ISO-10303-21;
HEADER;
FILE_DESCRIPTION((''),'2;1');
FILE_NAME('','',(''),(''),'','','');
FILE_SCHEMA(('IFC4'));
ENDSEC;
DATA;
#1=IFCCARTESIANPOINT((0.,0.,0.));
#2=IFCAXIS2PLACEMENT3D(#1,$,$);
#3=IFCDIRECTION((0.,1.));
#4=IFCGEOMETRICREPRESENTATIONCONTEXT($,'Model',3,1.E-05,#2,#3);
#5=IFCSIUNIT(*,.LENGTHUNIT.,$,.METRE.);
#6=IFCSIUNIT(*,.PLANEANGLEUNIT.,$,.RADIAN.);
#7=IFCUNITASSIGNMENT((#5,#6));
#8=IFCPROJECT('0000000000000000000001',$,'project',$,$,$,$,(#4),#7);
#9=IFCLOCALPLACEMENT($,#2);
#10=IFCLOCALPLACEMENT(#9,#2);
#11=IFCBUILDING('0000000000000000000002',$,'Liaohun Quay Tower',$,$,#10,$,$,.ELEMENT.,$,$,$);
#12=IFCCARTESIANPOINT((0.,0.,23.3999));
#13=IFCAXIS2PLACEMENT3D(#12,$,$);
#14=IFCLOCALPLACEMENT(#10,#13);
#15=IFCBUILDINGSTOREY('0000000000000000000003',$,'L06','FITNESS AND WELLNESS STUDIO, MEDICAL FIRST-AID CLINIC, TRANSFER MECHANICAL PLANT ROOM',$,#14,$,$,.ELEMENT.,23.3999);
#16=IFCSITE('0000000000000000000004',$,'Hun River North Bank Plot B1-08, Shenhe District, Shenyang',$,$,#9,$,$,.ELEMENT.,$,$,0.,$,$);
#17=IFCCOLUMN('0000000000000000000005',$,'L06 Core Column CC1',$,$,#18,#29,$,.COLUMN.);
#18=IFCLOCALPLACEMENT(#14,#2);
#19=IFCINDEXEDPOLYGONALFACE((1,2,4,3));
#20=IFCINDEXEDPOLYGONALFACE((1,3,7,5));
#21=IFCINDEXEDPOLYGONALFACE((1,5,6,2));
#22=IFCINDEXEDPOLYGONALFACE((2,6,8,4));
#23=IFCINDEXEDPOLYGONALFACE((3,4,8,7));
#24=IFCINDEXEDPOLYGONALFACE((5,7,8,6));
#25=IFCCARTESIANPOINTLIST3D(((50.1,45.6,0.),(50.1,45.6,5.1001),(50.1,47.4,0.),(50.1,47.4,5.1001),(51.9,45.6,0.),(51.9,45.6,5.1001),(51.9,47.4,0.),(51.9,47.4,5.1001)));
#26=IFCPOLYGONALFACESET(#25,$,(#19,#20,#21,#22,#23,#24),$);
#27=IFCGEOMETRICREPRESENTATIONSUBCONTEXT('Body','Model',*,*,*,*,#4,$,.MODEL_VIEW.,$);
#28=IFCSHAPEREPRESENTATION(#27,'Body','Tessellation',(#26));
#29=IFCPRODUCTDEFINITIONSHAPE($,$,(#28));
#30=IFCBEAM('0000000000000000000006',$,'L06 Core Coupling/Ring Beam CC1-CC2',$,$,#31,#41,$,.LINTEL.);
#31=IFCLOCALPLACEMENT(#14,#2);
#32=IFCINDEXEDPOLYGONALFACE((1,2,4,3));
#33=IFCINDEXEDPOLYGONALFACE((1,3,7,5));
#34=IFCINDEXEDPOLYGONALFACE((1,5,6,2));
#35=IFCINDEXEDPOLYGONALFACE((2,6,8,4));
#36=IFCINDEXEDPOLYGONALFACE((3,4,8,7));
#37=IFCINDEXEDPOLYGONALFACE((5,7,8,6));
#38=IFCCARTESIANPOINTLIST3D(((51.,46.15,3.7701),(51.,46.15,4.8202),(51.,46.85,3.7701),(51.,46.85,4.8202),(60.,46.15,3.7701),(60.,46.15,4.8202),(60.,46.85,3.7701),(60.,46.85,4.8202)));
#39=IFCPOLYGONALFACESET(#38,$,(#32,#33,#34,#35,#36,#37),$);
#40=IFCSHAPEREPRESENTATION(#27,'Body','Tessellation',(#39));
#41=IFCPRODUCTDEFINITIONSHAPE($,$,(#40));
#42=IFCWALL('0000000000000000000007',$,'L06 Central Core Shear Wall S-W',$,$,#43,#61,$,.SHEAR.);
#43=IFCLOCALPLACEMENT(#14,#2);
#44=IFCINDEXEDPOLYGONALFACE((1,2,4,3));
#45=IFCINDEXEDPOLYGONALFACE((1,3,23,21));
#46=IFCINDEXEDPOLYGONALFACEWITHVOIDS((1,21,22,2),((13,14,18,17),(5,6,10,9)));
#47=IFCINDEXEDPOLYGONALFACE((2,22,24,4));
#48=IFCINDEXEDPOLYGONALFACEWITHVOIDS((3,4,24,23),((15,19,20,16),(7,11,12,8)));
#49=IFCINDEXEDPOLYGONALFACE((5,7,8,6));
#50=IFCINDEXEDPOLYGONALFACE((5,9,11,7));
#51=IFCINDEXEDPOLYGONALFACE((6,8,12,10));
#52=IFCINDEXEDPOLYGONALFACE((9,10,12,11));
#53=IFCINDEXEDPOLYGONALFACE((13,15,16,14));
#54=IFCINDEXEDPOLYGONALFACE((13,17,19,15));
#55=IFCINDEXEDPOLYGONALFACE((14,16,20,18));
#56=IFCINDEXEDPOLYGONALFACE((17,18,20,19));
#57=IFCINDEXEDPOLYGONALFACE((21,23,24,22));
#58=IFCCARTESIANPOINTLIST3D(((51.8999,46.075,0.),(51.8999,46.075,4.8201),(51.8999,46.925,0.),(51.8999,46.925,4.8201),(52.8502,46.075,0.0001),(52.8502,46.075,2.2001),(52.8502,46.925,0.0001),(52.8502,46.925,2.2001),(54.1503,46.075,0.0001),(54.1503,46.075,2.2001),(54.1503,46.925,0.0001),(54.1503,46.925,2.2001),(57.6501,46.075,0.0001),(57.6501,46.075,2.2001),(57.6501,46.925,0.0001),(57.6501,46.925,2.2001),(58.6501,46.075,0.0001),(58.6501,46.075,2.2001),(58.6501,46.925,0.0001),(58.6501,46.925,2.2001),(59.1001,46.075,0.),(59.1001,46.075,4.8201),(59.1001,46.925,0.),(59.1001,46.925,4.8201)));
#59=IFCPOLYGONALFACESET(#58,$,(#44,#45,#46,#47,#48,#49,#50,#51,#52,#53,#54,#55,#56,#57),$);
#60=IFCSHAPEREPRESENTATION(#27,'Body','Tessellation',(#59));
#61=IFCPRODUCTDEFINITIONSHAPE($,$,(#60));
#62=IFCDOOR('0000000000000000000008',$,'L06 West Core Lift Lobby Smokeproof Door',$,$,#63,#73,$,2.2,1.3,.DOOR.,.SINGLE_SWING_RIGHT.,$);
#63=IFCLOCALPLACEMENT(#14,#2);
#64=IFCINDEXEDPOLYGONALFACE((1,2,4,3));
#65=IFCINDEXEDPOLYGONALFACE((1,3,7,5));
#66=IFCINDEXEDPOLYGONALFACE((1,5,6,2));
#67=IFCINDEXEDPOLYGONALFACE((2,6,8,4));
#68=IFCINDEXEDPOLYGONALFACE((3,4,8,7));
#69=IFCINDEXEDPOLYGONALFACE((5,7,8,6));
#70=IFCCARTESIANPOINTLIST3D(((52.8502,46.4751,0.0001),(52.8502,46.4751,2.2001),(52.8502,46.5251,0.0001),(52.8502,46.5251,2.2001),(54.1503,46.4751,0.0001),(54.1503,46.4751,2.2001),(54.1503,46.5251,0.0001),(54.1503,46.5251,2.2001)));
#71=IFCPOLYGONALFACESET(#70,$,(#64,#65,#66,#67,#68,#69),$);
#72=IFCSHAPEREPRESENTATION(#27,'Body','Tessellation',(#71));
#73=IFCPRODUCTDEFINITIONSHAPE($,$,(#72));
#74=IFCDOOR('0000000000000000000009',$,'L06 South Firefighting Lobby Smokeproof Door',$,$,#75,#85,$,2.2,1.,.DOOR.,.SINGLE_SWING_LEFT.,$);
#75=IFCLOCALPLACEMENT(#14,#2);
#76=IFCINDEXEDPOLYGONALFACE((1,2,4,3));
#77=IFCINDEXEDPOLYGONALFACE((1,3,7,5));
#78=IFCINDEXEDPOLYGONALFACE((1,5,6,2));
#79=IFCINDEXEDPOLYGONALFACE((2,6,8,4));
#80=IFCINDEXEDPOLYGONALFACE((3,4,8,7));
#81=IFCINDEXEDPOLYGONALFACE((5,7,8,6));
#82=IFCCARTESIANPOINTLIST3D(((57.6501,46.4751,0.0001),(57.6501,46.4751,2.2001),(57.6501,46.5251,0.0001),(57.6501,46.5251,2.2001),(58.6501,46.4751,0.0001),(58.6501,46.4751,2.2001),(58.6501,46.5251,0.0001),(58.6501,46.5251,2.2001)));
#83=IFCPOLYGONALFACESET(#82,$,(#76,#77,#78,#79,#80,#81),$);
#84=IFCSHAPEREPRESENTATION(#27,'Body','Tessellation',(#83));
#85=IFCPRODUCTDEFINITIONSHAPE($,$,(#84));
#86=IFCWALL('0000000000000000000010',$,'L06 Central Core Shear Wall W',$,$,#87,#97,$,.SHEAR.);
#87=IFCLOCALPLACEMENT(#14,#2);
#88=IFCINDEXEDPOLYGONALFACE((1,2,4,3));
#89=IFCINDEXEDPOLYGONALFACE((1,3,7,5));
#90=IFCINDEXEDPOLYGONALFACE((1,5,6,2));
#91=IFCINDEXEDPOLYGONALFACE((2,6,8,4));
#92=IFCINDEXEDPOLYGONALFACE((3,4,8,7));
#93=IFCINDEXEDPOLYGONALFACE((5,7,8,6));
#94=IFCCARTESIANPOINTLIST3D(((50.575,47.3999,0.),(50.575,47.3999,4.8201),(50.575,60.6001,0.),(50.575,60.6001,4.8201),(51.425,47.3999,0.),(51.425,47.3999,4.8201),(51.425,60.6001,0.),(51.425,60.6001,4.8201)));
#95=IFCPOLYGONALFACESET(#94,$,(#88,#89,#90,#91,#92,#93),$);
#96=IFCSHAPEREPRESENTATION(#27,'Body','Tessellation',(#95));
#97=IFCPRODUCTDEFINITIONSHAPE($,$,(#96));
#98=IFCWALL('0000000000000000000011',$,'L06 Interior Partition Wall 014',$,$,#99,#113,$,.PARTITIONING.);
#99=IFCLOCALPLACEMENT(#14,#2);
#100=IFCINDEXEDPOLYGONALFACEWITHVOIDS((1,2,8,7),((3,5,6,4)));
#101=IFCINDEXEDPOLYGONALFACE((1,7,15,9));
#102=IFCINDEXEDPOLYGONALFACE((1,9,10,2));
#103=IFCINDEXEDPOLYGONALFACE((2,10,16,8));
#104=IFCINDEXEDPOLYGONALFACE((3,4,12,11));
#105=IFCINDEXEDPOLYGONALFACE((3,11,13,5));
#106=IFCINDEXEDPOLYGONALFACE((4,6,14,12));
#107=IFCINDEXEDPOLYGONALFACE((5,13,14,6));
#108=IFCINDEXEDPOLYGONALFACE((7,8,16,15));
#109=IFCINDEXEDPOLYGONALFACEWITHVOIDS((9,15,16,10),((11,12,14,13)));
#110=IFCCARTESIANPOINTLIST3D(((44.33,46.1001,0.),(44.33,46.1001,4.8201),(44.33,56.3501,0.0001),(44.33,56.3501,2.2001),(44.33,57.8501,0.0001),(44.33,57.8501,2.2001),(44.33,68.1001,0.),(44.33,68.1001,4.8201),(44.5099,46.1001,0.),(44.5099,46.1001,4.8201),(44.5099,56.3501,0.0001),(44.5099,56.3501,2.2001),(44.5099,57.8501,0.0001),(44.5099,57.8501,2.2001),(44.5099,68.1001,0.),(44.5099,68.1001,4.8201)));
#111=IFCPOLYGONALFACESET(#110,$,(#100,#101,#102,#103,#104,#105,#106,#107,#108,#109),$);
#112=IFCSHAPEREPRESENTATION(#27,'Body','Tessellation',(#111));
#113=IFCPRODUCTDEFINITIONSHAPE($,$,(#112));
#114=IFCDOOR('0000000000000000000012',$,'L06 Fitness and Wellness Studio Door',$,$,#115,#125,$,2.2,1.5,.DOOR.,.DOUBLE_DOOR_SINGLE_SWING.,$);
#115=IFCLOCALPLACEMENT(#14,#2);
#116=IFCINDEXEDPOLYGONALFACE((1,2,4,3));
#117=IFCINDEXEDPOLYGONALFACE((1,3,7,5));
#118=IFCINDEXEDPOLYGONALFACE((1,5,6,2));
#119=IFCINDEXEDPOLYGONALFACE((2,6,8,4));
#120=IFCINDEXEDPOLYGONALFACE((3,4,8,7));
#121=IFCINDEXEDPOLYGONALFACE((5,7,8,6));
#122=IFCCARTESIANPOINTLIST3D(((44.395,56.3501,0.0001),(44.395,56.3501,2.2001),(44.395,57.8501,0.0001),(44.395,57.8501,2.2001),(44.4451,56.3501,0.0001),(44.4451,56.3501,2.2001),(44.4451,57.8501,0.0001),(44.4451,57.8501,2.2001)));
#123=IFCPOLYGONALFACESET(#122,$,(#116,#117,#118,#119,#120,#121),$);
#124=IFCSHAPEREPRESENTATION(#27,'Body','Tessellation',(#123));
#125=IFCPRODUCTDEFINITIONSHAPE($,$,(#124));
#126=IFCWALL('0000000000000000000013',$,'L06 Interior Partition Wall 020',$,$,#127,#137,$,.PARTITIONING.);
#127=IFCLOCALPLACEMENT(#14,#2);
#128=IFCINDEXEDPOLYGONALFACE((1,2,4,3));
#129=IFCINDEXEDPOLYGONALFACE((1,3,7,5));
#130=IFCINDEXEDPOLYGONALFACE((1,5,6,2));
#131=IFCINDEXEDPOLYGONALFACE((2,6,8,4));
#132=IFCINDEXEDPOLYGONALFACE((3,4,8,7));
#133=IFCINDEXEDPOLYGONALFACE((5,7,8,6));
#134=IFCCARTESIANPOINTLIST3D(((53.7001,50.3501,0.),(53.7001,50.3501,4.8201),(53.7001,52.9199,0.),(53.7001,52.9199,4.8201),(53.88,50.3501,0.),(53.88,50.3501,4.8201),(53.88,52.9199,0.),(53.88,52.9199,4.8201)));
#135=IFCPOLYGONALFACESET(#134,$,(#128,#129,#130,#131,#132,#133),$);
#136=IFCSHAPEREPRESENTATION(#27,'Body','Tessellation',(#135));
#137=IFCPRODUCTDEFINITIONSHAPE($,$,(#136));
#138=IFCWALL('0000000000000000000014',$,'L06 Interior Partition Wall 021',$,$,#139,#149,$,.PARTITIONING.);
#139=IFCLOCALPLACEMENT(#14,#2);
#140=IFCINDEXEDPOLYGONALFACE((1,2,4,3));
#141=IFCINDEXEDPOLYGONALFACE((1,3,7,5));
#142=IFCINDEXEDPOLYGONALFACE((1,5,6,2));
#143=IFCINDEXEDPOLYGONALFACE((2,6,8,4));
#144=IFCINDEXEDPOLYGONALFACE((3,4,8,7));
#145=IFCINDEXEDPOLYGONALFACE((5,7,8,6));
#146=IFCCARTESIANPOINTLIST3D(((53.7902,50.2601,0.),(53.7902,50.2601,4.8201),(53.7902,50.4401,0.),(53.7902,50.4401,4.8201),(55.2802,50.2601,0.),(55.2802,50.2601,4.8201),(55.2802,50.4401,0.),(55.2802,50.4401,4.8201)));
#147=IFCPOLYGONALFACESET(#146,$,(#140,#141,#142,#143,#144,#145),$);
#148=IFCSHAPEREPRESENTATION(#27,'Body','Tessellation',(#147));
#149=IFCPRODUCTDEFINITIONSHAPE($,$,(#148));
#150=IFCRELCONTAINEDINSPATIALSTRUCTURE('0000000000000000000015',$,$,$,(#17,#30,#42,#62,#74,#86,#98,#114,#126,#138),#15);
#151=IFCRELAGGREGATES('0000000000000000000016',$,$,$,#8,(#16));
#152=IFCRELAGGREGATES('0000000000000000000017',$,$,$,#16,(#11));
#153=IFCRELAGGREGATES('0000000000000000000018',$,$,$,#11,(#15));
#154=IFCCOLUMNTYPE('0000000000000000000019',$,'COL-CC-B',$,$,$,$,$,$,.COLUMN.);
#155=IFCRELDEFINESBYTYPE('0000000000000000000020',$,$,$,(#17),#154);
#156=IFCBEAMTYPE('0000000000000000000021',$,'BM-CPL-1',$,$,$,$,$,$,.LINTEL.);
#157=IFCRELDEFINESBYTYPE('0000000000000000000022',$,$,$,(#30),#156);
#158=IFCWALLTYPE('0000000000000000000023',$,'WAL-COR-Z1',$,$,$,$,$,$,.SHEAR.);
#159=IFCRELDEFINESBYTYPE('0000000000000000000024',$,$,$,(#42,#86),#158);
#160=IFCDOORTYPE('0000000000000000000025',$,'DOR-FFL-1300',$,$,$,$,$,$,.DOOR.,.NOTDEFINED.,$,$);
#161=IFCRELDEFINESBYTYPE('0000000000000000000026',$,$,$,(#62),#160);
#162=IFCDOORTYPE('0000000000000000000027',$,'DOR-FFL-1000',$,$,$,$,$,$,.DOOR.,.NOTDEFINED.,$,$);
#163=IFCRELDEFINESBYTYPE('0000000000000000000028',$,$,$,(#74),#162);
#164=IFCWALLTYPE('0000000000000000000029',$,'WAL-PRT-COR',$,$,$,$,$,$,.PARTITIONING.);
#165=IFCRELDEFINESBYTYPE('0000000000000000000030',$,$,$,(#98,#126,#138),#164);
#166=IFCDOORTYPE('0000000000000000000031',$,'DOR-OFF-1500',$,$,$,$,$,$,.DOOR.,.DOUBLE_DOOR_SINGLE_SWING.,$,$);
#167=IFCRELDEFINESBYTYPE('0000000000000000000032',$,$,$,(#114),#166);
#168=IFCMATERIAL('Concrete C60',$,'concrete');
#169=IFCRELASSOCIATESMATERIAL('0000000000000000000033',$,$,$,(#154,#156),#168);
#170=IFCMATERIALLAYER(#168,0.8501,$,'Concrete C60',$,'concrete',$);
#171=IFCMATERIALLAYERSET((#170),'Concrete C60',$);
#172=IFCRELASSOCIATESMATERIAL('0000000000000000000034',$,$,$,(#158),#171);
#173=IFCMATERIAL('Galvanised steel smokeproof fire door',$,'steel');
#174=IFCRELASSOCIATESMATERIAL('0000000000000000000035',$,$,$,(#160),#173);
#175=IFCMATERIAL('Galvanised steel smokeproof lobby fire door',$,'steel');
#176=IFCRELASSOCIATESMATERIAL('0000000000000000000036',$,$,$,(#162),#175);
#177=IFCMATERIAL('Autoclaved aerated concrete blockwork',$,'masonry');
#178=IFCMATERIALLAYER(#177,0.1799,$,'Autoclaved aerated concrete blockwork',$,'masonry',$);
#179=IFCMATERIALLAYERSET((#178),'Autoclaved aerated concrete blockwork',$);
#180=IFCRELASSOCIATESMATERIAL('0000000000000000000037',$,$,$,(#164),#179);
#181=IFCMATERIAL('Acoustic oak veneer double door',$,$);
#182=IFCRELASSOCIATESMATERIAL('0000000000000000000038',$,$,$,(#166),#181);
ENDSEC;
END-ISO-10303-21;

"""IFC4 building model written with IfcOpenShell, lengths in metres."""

from ifc_helpers import new_model, si_unit, direction, frame, frame_2d, origin, origin_2d, place, context, subcontext, project, spatial, rectangle, extrude, source, transform, mapped, material, layer, layer_set, material_profile, profile_set, type_object, element, fill, save


model = new_model("IFC4")

# Units and contexts
model_context = context("Model", 3, precision=1e-05, world=origin(), true_north=direction((0.0, 1.0)))
body_context = subcontext(model_context, "Body", "Model", "MODEL_VIEW")
ifc_project = project(units=[si_unit("LENGTHUNIT", "METRE"), si_unit("PLANEANGLEUNIT", "RADIAN")], contexts=[model_context])

# Site, building, storey
site_placement = place(None, origin())
site = spatial("IfcSite", under=ifc_project, at=site_placement, Name="Hun River North Bank Plot B1-08, Shenhe District, Shenyang", CompositionType="ELEMENT", RefElevation=0.0)
building_placement = place(site_placement, origin())
building = spatial("IfcBuilding", under=site, at=building_placement, Name="Liaohun Quay Tower", CompositionType="ELEMENT")
storey_placement = place(building_placement, frame((0.0, 0.0, 23.3999)))
storey = spatial("IfcBuildingStorey", under=building, at=storey_placement, Name="L06", Description="FITNESS AND WELLNESS STUDIO, MEDICAL FIRST-AID CLINIC, TRANSFER MECHANICAL PLANT ROOM", CompositionType="ELEMENT", Elevation=23.3999)

# Column
ifc_material_1 = material(Name="Concrete C60", Category="concrete")
ifc_material_profile_1 = material_profile(ifc_material_1, rectangle(XDim=1.8, YDim=1.8, at=origin_2d()), Name="RC1800x1800")
ifc_profile_set_1 = profile_set([ifc_material_profile_1], Name="Concrete C60")
column_type = type_object("IfcColumnType", Name="COL-CC-B", PredefinedType="COLUMN", material=ifc_profile_set_1)
shared_shape_1 = source(origin(), body_context, "Body", "SweptSolid", [
    extrude(rectangle(XDim=1.8, YDim=1.8, at=origin_2d()), origin(), (0.0, 0.0, 1.0), 5.1001),
])
column_placement = place(storey_placement, frame((51.0, 46.5, 0.0), z_axis=(0.0, 0.0, 1.0), x_axis=(1.0, 0.0, 0.0)))
element("IfcColumn", 1, at=column_placement, inside=storey, type_object=column_type, Name="L06 Core Column CC1", PredefinedType="COLUMN", context=body_context, shape_type="MappedRepresentation", body=[
    mapped(shared_shape_1, transform((0.0, 0.0, 0.0), x_axis=(1.0, 0.0, 0.0), y_axis=(0.0, 1.0, 0.0), z_axis=(0.0, 0.0, 1.0), scale=1.0)),
])

# Beam
ifc_material_profile_2 = material_profile(ifc_material_1, rectangle(XDim=0.7, YDim=1.05, at=origin_2d()), Name="RC700x1050")
ifc_profile_set_2 = profile_set([ifc_material_profile_2], Name="Concrete C60")
beam_type = type_object("IfcBeamType", Name="BM-CPL-1", PredefinedType="LINTEL", material=ifc_profile_set_2)
shared_shape_2 = source(origin(), body_context, "Body", "SweptSolid", [
    extrude(rectangle(XDim=0.7, YDim=1.05, at=origin_2d()), origin(), (0.0, 0.0, 1.0), 9.0),
])
beam_placement = place(storey_placement, frame((51.0, 46.5, 4.2952), z_axis=(1.0, 0.0, 0.0), x_axis=(0.0, 1.0, 0.0)))
element("IfcBeam", 2, at=beam_placement, inside=storey, type_object=beam_type, Name="L06 Core Coupling/Ring Beam CC1-CC2", PredefinedType="LINTEL", context=body_context, shape_type="MappedRepresentation", body=[
    mapped(shared_shape_2, transform((0.0, 0.0, 0.0), x_axis=(1.0, 0.0, 0.0), y_axis=(0.0, 1.0, 0.0), z_axis=(0.0, 0.0, 1.0), scale=1.0)),
])

# Wall, openings, doors
ifc_layer_1 = layer(ifc_material_1, 0.8501, Name="Concrete C60", Category="concrete")
ifc_layer_set_1 = layer_set([ifc_layer_1], Name="Concrete C60")
wall_type_1 = type_object("IfcWallType", Name="WAL-COR-Z1", PredefinedType="SHEAR", material=ifc_layer_set_1)
wall_1_placement = place(storey_placement, frame((59.1001, 46.5, 0.0), z_axis=(0.0, 0.0, 1.0), x_axis=(-1.0, 0.0, 0.0)))
wall_1 = element("IfcWall", 3, at=wall_1_placement, inside=storey, type_object=wall_type_1, Name="L06 Central Core Shear Wall S-W", PredefinedType="SHEAR", context=body_context, shape_type="SweptSolid", body=[
    extrude(rectangle(XDim=7.2002, YDim=0.8501, at=frame_2d((3.6001, 0.0))), origin(), (0.0, 0.0, 1.0), 4.8201),
])
shared_shape_3 = source(origin(), body_context, "Body", "SweptSolid", [
    extrude(rectangle(XDim=1.3, YDim=2.2, at=frame_2d((0.6499, 1.1001))), frame((0.0, 0.4351, 0.0), z_axis=(0.0, -1.0, 0.0), x_axis=(1.0, 0.0, 0.0)), (0.0, 0.0, 1.0), 0.8701),
])
opening_1_placement = place(wall_1_placement, frame((4.95, 0.0, 0.0)))
opening_1 = element("IfcOpeningElement", 4, at=opening_1_placement, cuts=wall_1, PredefinedType="OPENING", context=body_context, shape_type="MappedRepresentation", body=[
    mapped(shared_shape_3, transform((0.0, 0.0, 0.0), x_axis=(1.0, 0.0, 0.0), y_axis=(0.0, 1.0, 0.0), z_axis=(0.0, 0.0, 1.0), scale=1.0)),
])
shared_shape_4 = source(origin(), body_context, "Body", "SweptSolid", [
    extrude(rectangle(XDim=1.0, YDim=2.2, at=frame_2d((0.5, 1.1001))), frame((0.0, 0.4351, 0.0), z_axis=(0.0, -1.0, 0.0), x_axis=(1.0, 0.0, 0.0)), (0.0, 0.0, 1.0), 0.8701),
])
opening_2_placement = place(wall_1_placement, frame((0.45, 0.0, 0.0)))
opening_2 = element("IfcOpeningElement", 5, at=opening_2_placement, cuts=wall_1, PredefinedType="OPENING", context=body_context, shape_type="MappedRepresentation", body=[
    mapped(shared_shape_4, transform((0.0, 0.0, 0.0), x_axis=(1.0, 0.0, 0.0), y_axis=(0.0, 1.0, 0.0), z_axis=(0.0, 0.0, 1.0), scale=1.0)),
])
ifc_material_2 = material(Name="Galvanised steel smokeproof fire door", Category="steel")
door_type_1 = type_object("IfcDoorType", Name="DOR-FFL-1300", OperationType="NOTDEFINED", PredefinedType="DOOR", material=ifc_material_2)
shared_shape_5 = source(origin(), body_context, "Body", "SweptSolid", [
    extrude(rectangle(XDim=1.3, YDim=2.2, at=frame_2d((0.6499, 1.1001))), frame((0.0, 0.0249, 0.0), z_axis=(0.0, -1.0, 0.0), x_axis=(1.0, 0.0, 0.0)), (0.0, 0.0, 1.0), 0.05),
])
door_1_placement = place(opening_1_placement, origin())
door_1 = element("IfcDoor", 6, at=door_1_placement, inside=storey, type_object=door_type_1, Name="L06 West Core Lift Lobby Smokeproof Door", OperationType="SINGLE_SWING_RIGHT", OverallHeight=2.2, OverallWidth=1.3, PredefinedType="DOOR", context=body_context, shape_type="MappedRepresentation", body=[
    mapped(shared_shape_5, transform((0.0, 0.0, 0.0), x_axis=(1.0, 0.0, 0.0), y_axis=(0.0, 1.0, 0.0), z_axis=(0.0, 0.0, 1.0), scale=1.0)),
])
fill(opening_1, door_1)
ifc_material_3 = material(Name="Galvanised steel smokeproof lobby fire door", Category="steel")
door_type_2 = type_object("IfcDoorType", Name="DOR-FFL-1000", OperationType="NOTDEFINED", PredefinedType="DOOR", material=ifc_material_3)
shared_shape_6 = source(origin(), body_context, "Body", "SweptSolid", [
    extrude(rectangle(XDim=1.0, YDim=2.2, at=frame_2d((0.5, 1.1001))), frame((0.0, 0.0249, 0.0), z_axis=(0.0, -1.0, 0.0), x_axis=(1.0, 0.0, 0.0)), (0.0, 0.0, 1.0), 0.05),
])
door_2_placement = place(opening_2_placement, origin())
door_2 = element("IfcDoor", 7, at=door_2_placement, inside=storey, type_object=door_type_2, Name="L06 South Firefighting Lobby Smokeproof Door", OperationType="SINGLE_SWING_LEFT", OverallHeight=2.2, OverallWidth=1.0, PredefinedType="DOOR", context=body_context, shape_type="MappedRepresentation", body=[
    mapped(shared_shape_6, transform((0.0, 0.0, 0.0), x_axis=(1.0, 0.0, 0.0), y_axis=(0.0, 1.0, 0.0), z_axis=(0.0, 0.0, 1.0), scale=1.0)),
])
fill(opening_2, door_2)

# Wall
wall_2_placement = place(storey_placement, frame((51.0, 47.3999, 0.0), z_axis=(0.0, 0.0, 1.0), x_axis=(0.0, 1.0, 0.0)))
element("IfcWall", 8, at=wall_2_placement, inside=storey, type_object=wall_type_1, Name="L06 Central Core Shear Wall W", PredefinedType="SHEAR", context=body_context, shape_type="SweptSolid", body=[
    extrude(rectangle(XDim=13.2002, YDim=0.8501, at=frame_2d((6.6001, 0.0))), origin(), (0.0, 0.0, 1.0), 4.8201),
])

# Wall, opening, door
ifc_material_4 = material(Name="Autoclaved aerated concrete blockwork", Category="masonry")
ifc_layer_2 = layer(ifc_material_4, 0.1799, Name="Autoclaved aerated concrete blockwork", Category="masonry")
ifc_layer_set_2 = layer_set([ifc_layer_2], Name="Autoclaved aerated concrete blockwork")
wall_type_2 = type_object("IfcWallType", Name="WAL-PRT-COR", PredefinedType="PARTITIONING", material=ifc_layer_set_2)
wall_3_placement = place(storey_placement, frame((44.4199, 46.1001, 0.0), z_axis=(0.0, 0.0, 1.0), x_axis=(0.0, 1.0, 0.0)))
wall_3 = element("IfcWall", 9, at=wall_3_placement, inside=storey, type_object=wall_type_2, Name="L06 Interior Partition Wall 014", PredefinedType="PARTITIONING", context=body_context, shape_type="SweptSolid", body=[
    extrude(rectangle(XDim=22.0, YDim=0.1799, at=frame_2d((11.0, 0.0))), origin(), (0.0, 0.0, 1.0), 4.8201),
])
shared_shape_7 = source(origin(), body_context, "Body", "SweptSolid", [
    extrude(rectangle(XDim=1.5, YDim=2.2, at=frame_2d((0.75, 1.1001))), frame((0.0, 0.0999, 0.0), z_axis=(0.0, -1.0, 0.0), x_axis=(1.0, 0.0, 0.0)), (0.0, 0.0, 1.0), 0.2),
])
opening_3_placement = place(wall_3_placement, frame((10.25, 0.0, 0.0)))
opening_3 = element("IfcOpeningElement", 10, at=opening_3_placement, cuts=wall_3, PredefinedType="OPENING", context=body_context, shape_type="MappedRepresentation", body=[
    mapped(shared_shape_7, transform((0.0, 0.0, 0.0), x_axis=(1.0, 0.0, 0.0), y_axis=(0.0, 1.0, 0.0), z_axis=(0.0, 0.0, 1.0), scale=1.0)),
])
ifc_material_5 = material(Name="Acoustic oak veneer double door")
door_type_3 = type_object("IfcDoorType", Name="DOR-OFF-1500", OperationType="DOUBLE_DOOR_SINGLE_SWING", PredefinedType="DOOR", material=ifc_material_5)
shared_shape_8 = source(origin(), body_context, "Body", "SweptSolid", [
    extrude(rectangle(XDim=1.5, YDim=2.2, at=frame_2d((0.75, 1.1001))), frame((0.0, 0.0249, 0.0), z_axis=(0.0, -1.0, 0.0), x_axis=(1.0, 0.0, 0.0)), (0.0, 0.0, 1.0), 0.05),
])
door_3_placement = place(opening_3_placement, origin())
door_3 = element("IfcDoor", 11, at=door_3_placement, inside=storey, type_object=door_type_3, Name="L06 Fitness and Wellness Studio Door", OperationType="DOUBLE_DOOR_SINGLE_SWING", OverallHeight=2.2, OverallWidth=1.5, PredefinedType="DOOR", context=body_context, shape_type="MappedRepresentation", body=[
    mapped(shared_shape_8, transform((0.0, 0.0, 0.0), x_axis=(1.0, 0.0, 0.0), y_axis=(0.0, 1.0, 0.0), z_axis=(0.0, 0.0, 1.0), scale=1.0)),
])
fill(opening_3, door_3)

# Walls
wall_4_placement = place(storey_placement, frame((53.79, 50.3501, 0.0), z_axis=(0.0, 0.0, 1.0), x_axis=(0.0, 1.0, 0.0)))
element("IfcWall", 12, at=wall_4_placement, inside=storey, type_object=wall_type_2, Name="L06 Interior Partition Wall 020", PredefinedType="PARTITIONING", context=body_context, shape_type="SweptSolid", body=[
    extrude(rectangle(XDim=2.5698, YDim=0.1799, at=frame_2d((1.2849, 0.0))), origin(), (0.0, 0.0, 1.0), 4.8201),
])
wall_5_placement = place(storey_placement, frame((53.79, 50.3501, 0.0), z_axis=(0.0, 0.0, 1.0), x_axis=(1.0, 0.0, 0.0)))
element("IfcWall", 13, at=wall_5_placement, inside=storey, type_object=wall_type_2, Name="L06 Interior Partition Wall 021", PredefinedType="PARTITIONING", context=body_context, shape_type="SweptSolid", body=[
    extrude(rectangle(XDim=1.49, YDim=0.1799, at=frame_2d((0.7451, 0.0))), origin(), (0.0, 0.0, 1.0), 4.8201),
])

save(model, "model.ifc")
